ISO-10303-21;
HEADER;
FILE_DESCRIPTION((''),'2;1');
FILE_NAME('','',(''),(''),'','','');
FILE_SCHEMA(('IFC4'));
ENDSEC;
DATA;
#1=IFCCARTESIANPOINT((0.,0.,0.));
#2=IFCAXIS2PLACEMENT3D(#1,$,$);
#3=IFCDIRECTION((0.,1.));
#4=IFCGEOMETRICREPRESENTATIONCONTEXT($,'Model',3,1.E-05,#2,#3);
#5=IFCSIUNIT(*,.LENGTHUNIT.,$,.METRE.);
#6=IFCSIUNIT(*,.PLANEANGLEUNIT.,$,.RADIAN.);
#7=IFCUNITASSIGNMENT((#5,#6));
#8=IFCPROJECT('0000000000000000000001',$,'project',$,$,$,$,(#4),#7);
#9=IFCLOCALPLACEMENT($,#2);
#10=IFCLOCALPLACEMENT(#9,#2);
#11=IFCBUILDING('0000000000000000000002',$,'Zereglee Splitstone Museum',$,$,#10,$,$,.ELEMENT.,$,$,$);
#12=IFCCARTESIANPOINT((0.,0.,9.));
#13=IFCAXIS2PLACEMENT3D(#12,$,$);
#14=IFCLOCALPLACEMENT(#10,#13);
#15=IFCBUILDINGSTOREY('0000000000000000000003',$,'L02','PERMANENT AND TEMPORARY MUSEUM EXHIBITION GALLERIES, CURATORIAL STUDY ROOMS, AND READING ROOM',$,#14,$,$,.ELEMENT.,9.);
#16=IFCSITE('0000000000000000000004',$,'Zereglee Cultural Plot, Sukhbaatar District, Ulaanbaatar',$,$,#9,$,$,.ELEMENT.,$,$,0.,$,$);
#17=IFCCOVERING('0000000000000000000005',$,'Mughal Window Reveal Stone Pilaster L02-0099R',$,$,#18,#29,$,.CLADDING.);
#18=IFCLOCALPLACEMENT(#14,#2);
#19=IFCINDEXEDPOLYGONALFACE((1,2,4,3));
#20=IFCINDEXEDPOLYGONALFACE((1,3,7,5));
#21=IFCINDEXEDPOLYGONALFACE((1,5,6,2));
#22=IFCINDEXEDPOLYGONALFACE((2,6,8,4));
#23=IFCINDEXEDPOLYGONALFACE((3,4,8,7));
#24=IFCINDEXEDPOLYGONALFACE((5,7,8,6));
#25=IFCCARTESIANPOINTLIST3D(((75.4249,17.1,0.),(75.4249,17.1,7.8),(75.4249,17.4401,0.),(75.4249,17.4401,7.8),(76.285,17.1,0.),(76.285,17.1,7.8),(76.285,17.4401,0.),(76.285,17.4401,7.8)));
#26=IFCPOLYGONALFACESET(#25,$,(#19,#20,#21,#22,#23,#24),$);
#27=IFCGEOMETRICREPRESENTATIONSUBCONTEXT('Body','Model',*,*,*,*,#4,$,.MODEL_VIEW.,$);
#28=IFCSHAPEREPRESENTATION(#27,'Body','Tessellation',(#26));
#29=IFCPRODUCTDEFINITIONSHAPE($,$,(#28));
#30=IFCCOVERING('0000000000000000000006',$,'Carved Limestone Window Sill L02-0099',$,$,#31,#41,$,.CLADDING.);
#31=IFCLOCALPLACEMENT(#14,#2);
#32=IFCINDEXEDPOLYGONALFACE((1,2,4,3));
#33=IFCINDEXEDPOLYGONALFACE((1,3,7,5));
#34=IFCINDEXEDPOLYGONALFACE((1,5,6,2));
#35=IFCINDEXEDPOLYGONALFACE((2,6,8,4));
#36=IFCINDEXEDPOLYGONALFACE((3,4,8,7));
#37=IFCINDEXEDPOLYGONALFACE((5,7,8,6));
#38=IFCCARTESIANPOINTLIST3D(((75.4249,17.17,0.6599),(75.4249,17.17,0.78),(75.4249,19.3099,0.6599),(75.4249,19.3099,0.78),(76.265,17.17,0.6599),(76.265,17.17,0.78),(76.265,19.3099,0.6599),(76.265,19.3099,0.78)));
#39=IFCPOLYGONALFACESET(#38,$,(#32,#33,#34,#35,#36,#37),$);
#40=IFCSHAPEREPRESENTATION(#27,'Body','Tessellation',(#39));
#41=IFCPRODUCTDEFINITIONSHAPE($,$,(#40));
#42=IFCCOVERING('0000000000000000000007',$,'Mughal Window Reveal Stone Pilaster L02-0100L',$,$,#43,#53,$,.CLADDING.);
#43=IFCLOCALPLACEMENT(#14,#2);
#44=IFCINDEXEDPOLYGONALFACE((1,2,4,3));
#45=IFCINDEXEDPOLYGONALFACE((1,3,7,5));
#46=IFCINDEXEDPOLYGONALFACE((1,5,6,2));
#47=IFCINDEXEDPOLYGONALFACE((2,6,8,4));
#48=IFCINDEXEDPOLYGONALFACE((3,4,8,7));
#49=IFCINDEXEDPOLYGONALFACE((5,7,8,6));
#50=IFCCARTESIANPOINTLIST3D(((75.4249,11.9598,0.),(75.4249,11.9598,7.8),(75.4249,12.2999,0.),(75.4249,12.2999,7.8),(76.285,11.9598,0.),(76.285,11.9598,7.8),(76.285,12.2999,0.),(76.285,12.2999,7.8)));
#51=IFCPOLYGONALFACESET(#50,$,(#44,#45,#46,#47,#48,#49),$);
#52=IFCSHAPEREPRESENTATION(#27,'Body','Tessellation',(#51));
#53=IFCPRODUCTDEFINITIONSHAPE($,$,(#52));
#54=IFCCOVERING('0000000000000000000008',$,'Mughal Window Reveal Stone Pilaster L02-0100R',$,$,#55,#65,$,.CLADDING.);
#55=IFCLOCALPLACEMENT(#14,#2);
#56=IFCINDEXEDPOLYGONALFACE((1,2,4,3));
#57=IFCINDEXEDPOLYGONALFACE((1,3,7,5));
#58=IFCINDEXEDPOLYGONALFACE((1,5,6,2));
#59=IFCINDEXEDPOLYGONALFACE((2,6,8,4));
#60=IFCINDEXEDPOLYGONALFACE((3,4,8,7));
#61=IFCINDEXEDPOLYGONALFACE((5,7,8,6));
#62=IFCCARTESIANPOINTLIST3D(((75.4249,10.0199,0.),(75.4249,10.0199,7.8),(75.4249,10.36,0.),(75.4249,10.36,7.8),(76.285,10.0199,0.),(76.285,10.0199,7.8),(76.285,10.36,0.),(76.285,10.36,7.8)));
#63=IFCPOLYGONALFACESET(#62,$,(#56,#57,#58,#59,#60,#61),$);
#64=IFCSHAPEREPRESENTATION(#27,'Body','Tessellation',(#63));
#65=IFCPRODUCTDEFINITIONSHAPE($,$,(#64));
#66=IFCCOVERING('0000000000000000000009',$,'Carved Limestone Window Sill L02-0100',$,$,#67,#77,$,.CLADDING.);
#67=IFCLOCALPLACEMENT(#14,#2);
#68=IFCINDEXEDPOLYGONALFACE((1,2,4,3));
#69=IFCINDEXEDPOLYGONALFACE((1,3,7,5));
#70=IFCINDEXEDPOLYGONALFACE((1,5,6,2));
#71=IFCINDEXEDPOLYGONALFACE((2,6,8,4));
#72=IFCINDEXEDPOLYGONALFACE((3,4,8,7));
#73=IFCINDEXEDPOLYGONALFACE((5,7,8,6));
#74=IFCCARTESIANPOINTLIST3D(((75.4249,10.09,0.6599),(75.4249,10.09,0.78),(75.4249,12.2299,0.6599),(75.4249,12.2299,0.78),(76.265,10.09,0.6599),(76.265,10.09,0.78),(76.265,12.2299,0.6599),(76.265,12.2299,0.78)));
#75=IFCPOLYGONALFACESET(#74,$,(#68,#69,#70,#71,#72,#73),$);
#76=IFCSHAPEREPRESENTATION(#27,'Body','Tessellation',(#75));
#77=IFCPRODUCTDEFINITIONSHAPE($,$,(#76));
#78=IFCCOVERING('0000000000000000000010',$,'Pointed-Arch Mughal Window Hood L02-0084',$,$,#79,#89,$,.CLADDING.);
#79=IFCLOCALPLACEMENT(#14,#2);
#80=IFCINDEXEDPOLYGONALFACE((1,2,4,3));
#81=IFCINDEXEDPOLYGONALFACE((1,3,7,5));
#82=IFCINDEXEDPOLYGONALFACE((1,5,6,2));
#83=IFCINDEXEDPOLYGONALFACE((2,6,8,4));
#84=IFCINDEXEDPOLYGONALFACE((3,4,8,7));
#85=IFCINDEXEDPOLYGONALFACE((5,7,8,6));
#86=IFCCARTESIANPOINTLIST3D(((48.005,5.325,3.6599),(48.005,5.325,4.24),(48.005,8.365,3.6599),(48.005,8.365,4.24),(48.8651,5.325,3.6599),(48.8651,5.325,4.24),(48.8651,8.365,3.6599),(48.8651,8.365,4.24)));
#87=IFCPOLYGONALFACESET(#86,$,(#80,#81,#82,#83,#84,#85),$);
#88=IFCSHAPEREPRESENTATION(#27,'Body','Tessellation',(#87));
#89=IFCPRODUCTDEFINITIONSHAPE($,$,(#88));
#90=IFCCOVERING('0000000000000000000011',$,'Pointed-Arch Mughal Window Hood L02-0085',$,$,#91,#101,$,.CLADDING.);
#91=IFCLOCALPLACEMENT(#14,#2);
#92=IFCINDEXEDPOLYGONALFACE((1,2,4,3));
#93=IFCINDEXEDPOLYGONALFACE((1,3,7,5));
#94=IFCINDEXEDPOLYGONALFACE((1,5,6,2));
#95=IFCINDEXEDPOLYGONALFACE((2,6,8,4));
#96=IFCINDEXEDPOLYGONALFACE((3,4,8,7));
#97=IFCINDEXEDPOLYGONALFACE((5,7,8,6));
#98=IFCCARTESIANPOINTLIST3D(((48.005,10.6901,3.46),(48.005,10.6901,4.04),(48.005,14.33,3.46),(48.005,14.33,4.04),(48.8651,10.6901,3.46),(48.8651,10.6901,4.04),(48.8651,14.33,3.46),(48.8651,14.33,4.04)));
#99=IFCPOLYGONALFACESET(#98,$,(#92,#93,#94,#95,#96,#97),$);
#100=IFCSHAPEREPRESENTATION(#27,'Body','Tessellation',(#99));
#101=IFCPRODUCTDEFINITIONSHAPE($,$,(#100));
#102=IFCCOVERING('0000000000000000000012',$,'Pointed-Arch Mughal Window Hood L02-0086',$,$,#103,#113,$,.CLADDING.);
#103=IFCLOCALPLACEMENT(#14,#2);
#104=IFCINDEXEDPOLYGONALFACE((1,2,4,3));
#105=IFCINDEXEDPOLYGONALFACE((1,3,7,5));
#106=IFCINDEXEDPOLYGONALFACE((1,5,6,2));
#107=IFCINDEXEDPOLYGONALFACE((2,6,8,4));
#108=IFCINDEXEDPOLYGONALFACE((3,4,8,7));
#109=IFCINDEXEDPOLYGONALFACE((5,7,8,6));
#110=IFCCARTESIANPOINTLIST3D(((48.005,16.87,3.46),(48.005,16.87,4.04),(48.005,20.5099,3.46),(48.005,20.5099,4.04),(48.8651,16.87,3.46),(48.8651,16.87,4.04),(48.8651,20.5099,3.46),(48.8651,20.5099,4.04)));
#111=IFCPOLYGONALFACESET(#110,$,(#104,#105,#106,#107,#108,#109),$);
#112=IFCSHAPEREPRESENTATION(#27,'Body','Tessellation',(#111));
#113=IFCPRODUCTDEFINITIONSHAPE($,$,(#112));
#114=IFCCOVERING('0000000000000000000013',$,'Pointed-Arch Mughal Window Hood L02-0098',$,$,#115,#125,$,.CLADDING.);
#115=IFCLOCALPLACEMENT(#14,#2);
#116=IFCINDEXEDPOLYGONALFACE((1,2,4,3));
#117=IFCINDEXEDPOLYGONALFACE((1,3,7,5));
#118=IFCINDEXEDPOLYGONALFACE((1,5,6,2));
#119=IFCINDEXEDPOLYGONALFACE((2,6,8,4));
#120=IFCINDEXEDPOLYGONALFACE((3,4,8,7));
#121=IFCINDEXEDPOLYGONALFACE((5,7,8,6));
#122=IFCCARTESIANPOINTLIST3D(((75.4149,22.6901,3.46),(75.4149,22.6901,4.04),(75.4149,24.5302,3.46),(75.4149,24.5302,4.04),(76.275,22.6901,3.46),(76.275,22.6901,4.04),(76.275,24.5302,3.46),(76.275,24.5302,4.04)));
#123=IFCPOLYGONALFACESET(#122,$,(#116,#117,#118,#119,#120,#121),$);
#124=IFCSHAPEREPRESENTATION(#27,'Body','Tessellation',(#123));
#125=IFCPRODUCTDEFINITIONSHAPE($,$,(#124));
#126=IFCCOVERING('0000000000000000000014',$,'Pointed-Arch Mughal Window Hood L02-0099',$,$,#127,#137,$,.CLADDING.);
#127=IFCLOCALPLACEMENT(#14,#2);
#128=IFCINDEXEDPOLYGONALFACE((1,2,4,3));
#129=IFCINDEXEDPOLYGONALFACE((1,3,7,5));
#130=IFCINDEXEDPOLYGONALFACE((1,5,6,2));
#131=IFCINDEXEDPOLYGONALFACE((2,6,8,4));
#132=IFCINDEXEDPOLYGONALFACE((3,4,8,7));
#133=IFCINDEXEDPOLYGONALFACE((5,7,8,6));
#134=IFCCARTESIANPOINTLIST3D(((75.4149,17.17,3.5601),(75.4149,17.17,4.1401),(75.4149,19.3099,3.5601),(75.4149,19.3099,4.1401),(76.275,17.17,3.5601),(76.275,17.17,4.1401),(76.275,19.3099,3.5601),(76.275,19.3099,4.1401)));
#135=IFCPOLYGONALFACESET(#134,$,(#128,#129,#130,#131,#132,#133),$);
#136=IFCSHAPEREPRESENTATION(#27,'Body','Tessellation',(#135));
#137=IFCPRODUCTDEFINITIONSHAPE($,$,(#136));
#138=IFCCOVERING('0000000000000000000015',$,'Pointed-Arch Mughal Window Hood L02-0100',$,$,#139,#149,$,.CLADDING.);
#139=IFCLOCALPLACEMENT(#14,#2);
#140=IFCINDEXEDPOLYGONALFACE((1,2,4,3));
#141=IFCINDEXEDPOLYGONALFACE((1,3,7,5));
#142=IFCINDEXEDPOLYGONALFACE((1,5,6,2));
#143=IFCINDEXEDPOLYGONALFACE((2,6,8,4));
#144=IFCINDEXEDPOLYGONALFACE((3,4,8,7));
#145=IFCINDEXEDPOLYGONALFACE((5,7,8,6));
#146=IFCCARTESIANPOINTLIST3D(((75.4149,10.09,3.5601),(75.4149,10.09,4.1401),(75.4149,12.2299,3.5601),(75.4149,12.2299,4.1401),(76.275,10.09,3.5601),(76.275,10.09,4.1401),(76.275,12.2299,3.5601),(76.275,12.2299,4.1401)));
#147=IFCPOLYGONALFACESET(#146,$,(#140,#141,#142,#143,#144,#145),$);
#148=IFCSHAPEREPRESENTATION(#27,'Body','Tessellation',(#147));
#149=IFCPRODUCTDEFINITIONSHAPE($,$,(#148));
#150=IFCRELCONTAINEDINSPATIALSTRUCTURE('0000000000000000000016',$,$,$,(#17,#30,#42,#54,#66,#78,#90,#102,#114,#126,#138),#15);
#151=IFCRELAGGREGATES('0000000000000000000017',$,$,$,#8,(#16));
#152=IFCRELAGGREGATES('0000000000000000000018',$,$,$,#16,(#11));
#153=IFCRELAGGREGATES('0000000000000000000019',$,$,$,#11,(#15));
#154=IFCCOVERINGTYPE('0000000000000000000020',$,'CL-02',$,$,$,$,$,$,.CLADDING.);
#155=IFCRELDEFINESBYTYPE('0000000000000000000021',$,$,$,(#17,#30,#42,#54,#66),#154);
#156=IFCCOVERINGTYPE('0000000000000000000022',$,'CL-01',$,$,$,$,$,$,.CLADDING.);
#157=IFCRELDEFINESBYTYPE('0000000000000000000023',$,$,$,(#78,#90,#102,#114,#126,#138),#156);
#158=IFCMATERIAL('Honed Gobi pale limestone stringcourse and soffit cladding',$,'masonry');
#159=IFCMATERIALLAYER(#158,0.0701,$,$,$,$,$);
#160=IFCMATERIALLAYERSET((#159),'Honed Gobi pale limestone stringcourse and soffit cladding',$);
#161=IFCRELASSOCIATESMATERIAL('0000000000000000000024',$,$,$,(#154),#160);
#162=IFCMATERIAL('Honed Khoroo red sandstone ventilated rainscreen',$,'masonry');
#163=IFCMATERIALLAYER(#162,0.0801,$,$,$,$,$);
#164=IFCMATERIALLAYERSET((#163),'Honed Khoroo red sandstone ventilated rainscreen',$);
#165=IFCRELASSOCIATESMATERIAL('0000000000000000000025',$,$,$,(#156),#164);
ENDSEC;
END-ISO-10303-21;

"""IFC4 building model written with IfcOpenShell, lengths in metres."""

from ifc_helpers import new_model, si_unit, direction, frame, origin, origin_2d, place, context, subcontext, project, spatial, rectangle, extrude, material, layer, layer_set, type_object, element, save


model = new_model("IFC4")

# Units and contexts
model_context = context("Model", 3, precision=1e-05, world=origin(), true_north=direction((0.0, 1.0)))
body_context = subcontext(model_context, "Body", "Model", "MODEL_VIEW")
ifc_project = project(units=[si_unit("LENGTHUNIT", "METRE"), si_unit("PLANEANGLEUNIT", "RADIAN")], contexts=[model_context])

# Site, building, storey
site_placement = place(None, origin())
site = spatial("IfcSite", under=ifc_project, at=site_placement, Name="Zereglee Cultural Plot, Sukhbaatar District, Ulaanbaatar", CompositionType="ELEMENT", RefElevation=0.0)
building_placement = place(site_placement, origin())
building = spatial("IfcBuilding", under=site, at=building_placement, Name="Zereglee Splitstone Museum", CompositionType="ELEMENT")
storey_placement = place(building_placement, frame((0.0, 0.0, 9.0)))
storey = spatial("IfcBuildingStorey", under=building, at=storey_placement, Name="L02", Description="PERMANENT AND TEMPORARY MUSEUM EXHIBITION GALLERIES, CURATORIAL STUDY ROOMS, AND READING ROOM", CompositionType="ELEMENT", Elevation=9.0)

# Coverings
ifc_material_1 = material(Name="Honed Gobi pale limestone stringcourse and soffit cladding", Category="masonry")
ifc_layer_1 = layer(ifc_material_1, 0.0701)
ifc_layer_set_1 = layer_set([ifc_layer_1], Name="Honed Gobi pale limestone stringcourse and soffit cladding")
covering_type_1 = type_object("IfcCoveringType", Name="CL-02", PredefinedType="CLADDING", material=ifc_layer_set_1)
for number, where, z_axis, x_axis, name in (
    (1, (75.855, 17.27, 0.0), (0.0, 0.0, 1.0), (0.0, -1.0, 0.0), "Mughal Window Reveal Stone Pilaster L02-0099R"),
):
    element("IfcCovering", number, at=place(storey_placement, frame(where, z_axis=z_axis, x_axis=x_axis)), inside=storey, type_object=covering_type_1, Name=name, PredefinedType="CLADDING", context=body_context, shape_type="SweptSolid", body=[
        extrude(rectangle(XDim=0.3401, YDim=0.8601, at=origin_2d()), origin(), (0.0, 0.0, 1.0), 7.8),
    ])
covering_1_placement = place(storey_placement, frame((75.845, 18.24, 0.6599), z_axis=(0.0, 0.0, 1.0), x_axis=(0.0, -1.0, 0.0)))
element("IfcCovering", 2, at=covering_1_placement, inside=storey, type_object=covering_type_1, Name="Carved Limestone Window Sill L02-0099", PredefinedType="CLADDING", context=body_context, shape_type="SweptSolid", body=[
    extrude(rectangle(XDim=2.1399, YDim=0.8401, at=origin_2d()), origin(), (0.0, 0.0, 1.0), 0.1201),
])
for number, where, z_axis, x_axis, name in (
    (3, (75.855, 12.1299, 0.0), (0.0, 0.0, 1.0), (0.0, -1.0, 0.0), "Mughal Window Reveal Stone Pilaster L02-0100L"),
    (4, (75.855, 10.1899, 0.0), (0.0, 0.0, 1.0), (0.0, -1.0, 0.0), "Mughal Window Reveal Stone Pilaster L02-0100R"),
):
    element("IfcCovering", number, at=place(storey_placement, frame(where, z_axis=z_axis, x_axis=x_axis)), inside=storey, type_object=covering_type_1, Name=name, PredefinedType="CLADDING", context=body_context, shape_type="SweptSolid", body=[
        extrude(rectangle(XDim=0.3401, YDim=0.8601, at=origin_2d()), origin(), (0.0, 0.0, 1.0), 7.8),
    ])
covering_2_placement = place(storey_placement, frame((75.845, 11.1599, 0.6599), z_axis=(0.0, 0.0, 1.0), x_axis=(0.0, -1.0, 0.0)))
element("IfcCovering", 5, at=covering_2_placement, inside=storey, type_object=covering_type_1, Name="Carved Limestone Window Sill L02-0100", PredefinedType="CLADDING", context=body_context, shape_type="SweptSolid", body=[
    extrude(rectangle(XDim=2.1399, YDim=0.8401, at=origin_2d()), origin(), (0.0, 0.0, 1.0), 0.1201),
])
ifc_material_2 = material(Name="Honed Khoroo red sandstone ventilated rainscreen", Category="masonry")
ifc_layer_2 = layer(ifc_material_2, 0.0801)
ifc_layer_set_2 = layer_set([ifc_layer_2], Name="Honed Khoroo red sandstone ventilated rainscreen")
covering_type_2 = type_object("IfcCoveringType", Name="CL-01", PredefinedType="CLADDING", material=ifc_layer_set_2)
covering_3_placement = place(storey_placement, frame((48.4351, 6.845, 3.6599), z_axis=(0.0, 0.0, 1.0), x_axis=(0.0, 1.0, 0.0)))
element("IfcCovering", 6, at=covering_3_placement, inside=storey, type_object=covering_type_2, Name="Pointed-Arch Mughal Window Hood L02-0084", PredefinedType="CLADDING", context=body_context, shape_type="SweptSolid", body=[
    extrude(rectangle(XDim=3.04, YDim=0.8601, at=origin_2d()), origin(), (0.0, 0.0, 1.0), 0.5801),
])
for number, where, z_axis, x_axis, name in (
    (7, (48.4351, 12.51, 3.46), (0.0, 0.0, 1.0), (0.0, 1.0, 0.0), "Pointed-Arch Mughal Window Hood L02-0085"),
    (8, (48.4351, 18.6899, 3.46), (0.0, 0.0, 1.0), (0.0, 1.0, 0.0), "Pointed-Arch Mughal Window Hood L02-0086"),
):
    element("IfcCovering", number, at=place(storey_placement, frame(where, z_axis=z_axis, x_axis=x_axis)), inside=storey, type_object=covering_type_2, Name=name, PredefinedType="CLADDING", context=body_context, shape_type="SweptSolid", body=[
        extrude(rectangle(XDim=3.6399, YDim=0.8601, at=origin_2d()), origin(), (0.0, 0.0, 1.0), 0.5801),
    ])
covering_4_placement = place(storey_placement, frame((75.845, 23.6101, 3.46), z_axis=(0.0, 0.0, 1.0), x_axis=(0.0, -1.0, 0.0)))
element("IfcCovering", 9, at=covering_4_placement, inside=storey, type_object=covering_type_2, Name="Pointed-Arch Mughal Window Hood L02-0098", PredefinedType="CLADDING", context=body_context, shape_type="SweptSolid", body=[
    extrude(rectangle(XDim=1.8401, YDim=0.8601, at=origin_2d()), origin(), (0.0, 0.0, 1.0), 0.5801),
])
for number, where, z_axis, x_axis, name in (
    (10, (75.845, 18.24, 3.5601), (0.0, 0.0, 1.0), (0.0, -1.0, 0.0), "Pointed-Arch Mughal Window Hood L02-0099"),
    (11, (75.845, 11.1599, 3.5601), (0.0, 0.0, 1.0), (0.0, -1.0, 0.0), "Pointed-Arch Mughal Window Hood L02-0100"),
):
    element("IfcCovering", number, at=place(storey_placement, frame(where, z_axis=z_axis, x_axis=x_axis)), inside=storey, type_object=covering_type_2, Name=name, PredefinedType="CLADDING", context=body_context, shape_type="SweptSolid", body=[
        extrude(rectangle(XDim=2.1399, YDim=0.8601, at=origin_2d()), origin(), (0.0, 0.0, 1.0), 0.5801),
    ])

save(model, "model.ifc")
